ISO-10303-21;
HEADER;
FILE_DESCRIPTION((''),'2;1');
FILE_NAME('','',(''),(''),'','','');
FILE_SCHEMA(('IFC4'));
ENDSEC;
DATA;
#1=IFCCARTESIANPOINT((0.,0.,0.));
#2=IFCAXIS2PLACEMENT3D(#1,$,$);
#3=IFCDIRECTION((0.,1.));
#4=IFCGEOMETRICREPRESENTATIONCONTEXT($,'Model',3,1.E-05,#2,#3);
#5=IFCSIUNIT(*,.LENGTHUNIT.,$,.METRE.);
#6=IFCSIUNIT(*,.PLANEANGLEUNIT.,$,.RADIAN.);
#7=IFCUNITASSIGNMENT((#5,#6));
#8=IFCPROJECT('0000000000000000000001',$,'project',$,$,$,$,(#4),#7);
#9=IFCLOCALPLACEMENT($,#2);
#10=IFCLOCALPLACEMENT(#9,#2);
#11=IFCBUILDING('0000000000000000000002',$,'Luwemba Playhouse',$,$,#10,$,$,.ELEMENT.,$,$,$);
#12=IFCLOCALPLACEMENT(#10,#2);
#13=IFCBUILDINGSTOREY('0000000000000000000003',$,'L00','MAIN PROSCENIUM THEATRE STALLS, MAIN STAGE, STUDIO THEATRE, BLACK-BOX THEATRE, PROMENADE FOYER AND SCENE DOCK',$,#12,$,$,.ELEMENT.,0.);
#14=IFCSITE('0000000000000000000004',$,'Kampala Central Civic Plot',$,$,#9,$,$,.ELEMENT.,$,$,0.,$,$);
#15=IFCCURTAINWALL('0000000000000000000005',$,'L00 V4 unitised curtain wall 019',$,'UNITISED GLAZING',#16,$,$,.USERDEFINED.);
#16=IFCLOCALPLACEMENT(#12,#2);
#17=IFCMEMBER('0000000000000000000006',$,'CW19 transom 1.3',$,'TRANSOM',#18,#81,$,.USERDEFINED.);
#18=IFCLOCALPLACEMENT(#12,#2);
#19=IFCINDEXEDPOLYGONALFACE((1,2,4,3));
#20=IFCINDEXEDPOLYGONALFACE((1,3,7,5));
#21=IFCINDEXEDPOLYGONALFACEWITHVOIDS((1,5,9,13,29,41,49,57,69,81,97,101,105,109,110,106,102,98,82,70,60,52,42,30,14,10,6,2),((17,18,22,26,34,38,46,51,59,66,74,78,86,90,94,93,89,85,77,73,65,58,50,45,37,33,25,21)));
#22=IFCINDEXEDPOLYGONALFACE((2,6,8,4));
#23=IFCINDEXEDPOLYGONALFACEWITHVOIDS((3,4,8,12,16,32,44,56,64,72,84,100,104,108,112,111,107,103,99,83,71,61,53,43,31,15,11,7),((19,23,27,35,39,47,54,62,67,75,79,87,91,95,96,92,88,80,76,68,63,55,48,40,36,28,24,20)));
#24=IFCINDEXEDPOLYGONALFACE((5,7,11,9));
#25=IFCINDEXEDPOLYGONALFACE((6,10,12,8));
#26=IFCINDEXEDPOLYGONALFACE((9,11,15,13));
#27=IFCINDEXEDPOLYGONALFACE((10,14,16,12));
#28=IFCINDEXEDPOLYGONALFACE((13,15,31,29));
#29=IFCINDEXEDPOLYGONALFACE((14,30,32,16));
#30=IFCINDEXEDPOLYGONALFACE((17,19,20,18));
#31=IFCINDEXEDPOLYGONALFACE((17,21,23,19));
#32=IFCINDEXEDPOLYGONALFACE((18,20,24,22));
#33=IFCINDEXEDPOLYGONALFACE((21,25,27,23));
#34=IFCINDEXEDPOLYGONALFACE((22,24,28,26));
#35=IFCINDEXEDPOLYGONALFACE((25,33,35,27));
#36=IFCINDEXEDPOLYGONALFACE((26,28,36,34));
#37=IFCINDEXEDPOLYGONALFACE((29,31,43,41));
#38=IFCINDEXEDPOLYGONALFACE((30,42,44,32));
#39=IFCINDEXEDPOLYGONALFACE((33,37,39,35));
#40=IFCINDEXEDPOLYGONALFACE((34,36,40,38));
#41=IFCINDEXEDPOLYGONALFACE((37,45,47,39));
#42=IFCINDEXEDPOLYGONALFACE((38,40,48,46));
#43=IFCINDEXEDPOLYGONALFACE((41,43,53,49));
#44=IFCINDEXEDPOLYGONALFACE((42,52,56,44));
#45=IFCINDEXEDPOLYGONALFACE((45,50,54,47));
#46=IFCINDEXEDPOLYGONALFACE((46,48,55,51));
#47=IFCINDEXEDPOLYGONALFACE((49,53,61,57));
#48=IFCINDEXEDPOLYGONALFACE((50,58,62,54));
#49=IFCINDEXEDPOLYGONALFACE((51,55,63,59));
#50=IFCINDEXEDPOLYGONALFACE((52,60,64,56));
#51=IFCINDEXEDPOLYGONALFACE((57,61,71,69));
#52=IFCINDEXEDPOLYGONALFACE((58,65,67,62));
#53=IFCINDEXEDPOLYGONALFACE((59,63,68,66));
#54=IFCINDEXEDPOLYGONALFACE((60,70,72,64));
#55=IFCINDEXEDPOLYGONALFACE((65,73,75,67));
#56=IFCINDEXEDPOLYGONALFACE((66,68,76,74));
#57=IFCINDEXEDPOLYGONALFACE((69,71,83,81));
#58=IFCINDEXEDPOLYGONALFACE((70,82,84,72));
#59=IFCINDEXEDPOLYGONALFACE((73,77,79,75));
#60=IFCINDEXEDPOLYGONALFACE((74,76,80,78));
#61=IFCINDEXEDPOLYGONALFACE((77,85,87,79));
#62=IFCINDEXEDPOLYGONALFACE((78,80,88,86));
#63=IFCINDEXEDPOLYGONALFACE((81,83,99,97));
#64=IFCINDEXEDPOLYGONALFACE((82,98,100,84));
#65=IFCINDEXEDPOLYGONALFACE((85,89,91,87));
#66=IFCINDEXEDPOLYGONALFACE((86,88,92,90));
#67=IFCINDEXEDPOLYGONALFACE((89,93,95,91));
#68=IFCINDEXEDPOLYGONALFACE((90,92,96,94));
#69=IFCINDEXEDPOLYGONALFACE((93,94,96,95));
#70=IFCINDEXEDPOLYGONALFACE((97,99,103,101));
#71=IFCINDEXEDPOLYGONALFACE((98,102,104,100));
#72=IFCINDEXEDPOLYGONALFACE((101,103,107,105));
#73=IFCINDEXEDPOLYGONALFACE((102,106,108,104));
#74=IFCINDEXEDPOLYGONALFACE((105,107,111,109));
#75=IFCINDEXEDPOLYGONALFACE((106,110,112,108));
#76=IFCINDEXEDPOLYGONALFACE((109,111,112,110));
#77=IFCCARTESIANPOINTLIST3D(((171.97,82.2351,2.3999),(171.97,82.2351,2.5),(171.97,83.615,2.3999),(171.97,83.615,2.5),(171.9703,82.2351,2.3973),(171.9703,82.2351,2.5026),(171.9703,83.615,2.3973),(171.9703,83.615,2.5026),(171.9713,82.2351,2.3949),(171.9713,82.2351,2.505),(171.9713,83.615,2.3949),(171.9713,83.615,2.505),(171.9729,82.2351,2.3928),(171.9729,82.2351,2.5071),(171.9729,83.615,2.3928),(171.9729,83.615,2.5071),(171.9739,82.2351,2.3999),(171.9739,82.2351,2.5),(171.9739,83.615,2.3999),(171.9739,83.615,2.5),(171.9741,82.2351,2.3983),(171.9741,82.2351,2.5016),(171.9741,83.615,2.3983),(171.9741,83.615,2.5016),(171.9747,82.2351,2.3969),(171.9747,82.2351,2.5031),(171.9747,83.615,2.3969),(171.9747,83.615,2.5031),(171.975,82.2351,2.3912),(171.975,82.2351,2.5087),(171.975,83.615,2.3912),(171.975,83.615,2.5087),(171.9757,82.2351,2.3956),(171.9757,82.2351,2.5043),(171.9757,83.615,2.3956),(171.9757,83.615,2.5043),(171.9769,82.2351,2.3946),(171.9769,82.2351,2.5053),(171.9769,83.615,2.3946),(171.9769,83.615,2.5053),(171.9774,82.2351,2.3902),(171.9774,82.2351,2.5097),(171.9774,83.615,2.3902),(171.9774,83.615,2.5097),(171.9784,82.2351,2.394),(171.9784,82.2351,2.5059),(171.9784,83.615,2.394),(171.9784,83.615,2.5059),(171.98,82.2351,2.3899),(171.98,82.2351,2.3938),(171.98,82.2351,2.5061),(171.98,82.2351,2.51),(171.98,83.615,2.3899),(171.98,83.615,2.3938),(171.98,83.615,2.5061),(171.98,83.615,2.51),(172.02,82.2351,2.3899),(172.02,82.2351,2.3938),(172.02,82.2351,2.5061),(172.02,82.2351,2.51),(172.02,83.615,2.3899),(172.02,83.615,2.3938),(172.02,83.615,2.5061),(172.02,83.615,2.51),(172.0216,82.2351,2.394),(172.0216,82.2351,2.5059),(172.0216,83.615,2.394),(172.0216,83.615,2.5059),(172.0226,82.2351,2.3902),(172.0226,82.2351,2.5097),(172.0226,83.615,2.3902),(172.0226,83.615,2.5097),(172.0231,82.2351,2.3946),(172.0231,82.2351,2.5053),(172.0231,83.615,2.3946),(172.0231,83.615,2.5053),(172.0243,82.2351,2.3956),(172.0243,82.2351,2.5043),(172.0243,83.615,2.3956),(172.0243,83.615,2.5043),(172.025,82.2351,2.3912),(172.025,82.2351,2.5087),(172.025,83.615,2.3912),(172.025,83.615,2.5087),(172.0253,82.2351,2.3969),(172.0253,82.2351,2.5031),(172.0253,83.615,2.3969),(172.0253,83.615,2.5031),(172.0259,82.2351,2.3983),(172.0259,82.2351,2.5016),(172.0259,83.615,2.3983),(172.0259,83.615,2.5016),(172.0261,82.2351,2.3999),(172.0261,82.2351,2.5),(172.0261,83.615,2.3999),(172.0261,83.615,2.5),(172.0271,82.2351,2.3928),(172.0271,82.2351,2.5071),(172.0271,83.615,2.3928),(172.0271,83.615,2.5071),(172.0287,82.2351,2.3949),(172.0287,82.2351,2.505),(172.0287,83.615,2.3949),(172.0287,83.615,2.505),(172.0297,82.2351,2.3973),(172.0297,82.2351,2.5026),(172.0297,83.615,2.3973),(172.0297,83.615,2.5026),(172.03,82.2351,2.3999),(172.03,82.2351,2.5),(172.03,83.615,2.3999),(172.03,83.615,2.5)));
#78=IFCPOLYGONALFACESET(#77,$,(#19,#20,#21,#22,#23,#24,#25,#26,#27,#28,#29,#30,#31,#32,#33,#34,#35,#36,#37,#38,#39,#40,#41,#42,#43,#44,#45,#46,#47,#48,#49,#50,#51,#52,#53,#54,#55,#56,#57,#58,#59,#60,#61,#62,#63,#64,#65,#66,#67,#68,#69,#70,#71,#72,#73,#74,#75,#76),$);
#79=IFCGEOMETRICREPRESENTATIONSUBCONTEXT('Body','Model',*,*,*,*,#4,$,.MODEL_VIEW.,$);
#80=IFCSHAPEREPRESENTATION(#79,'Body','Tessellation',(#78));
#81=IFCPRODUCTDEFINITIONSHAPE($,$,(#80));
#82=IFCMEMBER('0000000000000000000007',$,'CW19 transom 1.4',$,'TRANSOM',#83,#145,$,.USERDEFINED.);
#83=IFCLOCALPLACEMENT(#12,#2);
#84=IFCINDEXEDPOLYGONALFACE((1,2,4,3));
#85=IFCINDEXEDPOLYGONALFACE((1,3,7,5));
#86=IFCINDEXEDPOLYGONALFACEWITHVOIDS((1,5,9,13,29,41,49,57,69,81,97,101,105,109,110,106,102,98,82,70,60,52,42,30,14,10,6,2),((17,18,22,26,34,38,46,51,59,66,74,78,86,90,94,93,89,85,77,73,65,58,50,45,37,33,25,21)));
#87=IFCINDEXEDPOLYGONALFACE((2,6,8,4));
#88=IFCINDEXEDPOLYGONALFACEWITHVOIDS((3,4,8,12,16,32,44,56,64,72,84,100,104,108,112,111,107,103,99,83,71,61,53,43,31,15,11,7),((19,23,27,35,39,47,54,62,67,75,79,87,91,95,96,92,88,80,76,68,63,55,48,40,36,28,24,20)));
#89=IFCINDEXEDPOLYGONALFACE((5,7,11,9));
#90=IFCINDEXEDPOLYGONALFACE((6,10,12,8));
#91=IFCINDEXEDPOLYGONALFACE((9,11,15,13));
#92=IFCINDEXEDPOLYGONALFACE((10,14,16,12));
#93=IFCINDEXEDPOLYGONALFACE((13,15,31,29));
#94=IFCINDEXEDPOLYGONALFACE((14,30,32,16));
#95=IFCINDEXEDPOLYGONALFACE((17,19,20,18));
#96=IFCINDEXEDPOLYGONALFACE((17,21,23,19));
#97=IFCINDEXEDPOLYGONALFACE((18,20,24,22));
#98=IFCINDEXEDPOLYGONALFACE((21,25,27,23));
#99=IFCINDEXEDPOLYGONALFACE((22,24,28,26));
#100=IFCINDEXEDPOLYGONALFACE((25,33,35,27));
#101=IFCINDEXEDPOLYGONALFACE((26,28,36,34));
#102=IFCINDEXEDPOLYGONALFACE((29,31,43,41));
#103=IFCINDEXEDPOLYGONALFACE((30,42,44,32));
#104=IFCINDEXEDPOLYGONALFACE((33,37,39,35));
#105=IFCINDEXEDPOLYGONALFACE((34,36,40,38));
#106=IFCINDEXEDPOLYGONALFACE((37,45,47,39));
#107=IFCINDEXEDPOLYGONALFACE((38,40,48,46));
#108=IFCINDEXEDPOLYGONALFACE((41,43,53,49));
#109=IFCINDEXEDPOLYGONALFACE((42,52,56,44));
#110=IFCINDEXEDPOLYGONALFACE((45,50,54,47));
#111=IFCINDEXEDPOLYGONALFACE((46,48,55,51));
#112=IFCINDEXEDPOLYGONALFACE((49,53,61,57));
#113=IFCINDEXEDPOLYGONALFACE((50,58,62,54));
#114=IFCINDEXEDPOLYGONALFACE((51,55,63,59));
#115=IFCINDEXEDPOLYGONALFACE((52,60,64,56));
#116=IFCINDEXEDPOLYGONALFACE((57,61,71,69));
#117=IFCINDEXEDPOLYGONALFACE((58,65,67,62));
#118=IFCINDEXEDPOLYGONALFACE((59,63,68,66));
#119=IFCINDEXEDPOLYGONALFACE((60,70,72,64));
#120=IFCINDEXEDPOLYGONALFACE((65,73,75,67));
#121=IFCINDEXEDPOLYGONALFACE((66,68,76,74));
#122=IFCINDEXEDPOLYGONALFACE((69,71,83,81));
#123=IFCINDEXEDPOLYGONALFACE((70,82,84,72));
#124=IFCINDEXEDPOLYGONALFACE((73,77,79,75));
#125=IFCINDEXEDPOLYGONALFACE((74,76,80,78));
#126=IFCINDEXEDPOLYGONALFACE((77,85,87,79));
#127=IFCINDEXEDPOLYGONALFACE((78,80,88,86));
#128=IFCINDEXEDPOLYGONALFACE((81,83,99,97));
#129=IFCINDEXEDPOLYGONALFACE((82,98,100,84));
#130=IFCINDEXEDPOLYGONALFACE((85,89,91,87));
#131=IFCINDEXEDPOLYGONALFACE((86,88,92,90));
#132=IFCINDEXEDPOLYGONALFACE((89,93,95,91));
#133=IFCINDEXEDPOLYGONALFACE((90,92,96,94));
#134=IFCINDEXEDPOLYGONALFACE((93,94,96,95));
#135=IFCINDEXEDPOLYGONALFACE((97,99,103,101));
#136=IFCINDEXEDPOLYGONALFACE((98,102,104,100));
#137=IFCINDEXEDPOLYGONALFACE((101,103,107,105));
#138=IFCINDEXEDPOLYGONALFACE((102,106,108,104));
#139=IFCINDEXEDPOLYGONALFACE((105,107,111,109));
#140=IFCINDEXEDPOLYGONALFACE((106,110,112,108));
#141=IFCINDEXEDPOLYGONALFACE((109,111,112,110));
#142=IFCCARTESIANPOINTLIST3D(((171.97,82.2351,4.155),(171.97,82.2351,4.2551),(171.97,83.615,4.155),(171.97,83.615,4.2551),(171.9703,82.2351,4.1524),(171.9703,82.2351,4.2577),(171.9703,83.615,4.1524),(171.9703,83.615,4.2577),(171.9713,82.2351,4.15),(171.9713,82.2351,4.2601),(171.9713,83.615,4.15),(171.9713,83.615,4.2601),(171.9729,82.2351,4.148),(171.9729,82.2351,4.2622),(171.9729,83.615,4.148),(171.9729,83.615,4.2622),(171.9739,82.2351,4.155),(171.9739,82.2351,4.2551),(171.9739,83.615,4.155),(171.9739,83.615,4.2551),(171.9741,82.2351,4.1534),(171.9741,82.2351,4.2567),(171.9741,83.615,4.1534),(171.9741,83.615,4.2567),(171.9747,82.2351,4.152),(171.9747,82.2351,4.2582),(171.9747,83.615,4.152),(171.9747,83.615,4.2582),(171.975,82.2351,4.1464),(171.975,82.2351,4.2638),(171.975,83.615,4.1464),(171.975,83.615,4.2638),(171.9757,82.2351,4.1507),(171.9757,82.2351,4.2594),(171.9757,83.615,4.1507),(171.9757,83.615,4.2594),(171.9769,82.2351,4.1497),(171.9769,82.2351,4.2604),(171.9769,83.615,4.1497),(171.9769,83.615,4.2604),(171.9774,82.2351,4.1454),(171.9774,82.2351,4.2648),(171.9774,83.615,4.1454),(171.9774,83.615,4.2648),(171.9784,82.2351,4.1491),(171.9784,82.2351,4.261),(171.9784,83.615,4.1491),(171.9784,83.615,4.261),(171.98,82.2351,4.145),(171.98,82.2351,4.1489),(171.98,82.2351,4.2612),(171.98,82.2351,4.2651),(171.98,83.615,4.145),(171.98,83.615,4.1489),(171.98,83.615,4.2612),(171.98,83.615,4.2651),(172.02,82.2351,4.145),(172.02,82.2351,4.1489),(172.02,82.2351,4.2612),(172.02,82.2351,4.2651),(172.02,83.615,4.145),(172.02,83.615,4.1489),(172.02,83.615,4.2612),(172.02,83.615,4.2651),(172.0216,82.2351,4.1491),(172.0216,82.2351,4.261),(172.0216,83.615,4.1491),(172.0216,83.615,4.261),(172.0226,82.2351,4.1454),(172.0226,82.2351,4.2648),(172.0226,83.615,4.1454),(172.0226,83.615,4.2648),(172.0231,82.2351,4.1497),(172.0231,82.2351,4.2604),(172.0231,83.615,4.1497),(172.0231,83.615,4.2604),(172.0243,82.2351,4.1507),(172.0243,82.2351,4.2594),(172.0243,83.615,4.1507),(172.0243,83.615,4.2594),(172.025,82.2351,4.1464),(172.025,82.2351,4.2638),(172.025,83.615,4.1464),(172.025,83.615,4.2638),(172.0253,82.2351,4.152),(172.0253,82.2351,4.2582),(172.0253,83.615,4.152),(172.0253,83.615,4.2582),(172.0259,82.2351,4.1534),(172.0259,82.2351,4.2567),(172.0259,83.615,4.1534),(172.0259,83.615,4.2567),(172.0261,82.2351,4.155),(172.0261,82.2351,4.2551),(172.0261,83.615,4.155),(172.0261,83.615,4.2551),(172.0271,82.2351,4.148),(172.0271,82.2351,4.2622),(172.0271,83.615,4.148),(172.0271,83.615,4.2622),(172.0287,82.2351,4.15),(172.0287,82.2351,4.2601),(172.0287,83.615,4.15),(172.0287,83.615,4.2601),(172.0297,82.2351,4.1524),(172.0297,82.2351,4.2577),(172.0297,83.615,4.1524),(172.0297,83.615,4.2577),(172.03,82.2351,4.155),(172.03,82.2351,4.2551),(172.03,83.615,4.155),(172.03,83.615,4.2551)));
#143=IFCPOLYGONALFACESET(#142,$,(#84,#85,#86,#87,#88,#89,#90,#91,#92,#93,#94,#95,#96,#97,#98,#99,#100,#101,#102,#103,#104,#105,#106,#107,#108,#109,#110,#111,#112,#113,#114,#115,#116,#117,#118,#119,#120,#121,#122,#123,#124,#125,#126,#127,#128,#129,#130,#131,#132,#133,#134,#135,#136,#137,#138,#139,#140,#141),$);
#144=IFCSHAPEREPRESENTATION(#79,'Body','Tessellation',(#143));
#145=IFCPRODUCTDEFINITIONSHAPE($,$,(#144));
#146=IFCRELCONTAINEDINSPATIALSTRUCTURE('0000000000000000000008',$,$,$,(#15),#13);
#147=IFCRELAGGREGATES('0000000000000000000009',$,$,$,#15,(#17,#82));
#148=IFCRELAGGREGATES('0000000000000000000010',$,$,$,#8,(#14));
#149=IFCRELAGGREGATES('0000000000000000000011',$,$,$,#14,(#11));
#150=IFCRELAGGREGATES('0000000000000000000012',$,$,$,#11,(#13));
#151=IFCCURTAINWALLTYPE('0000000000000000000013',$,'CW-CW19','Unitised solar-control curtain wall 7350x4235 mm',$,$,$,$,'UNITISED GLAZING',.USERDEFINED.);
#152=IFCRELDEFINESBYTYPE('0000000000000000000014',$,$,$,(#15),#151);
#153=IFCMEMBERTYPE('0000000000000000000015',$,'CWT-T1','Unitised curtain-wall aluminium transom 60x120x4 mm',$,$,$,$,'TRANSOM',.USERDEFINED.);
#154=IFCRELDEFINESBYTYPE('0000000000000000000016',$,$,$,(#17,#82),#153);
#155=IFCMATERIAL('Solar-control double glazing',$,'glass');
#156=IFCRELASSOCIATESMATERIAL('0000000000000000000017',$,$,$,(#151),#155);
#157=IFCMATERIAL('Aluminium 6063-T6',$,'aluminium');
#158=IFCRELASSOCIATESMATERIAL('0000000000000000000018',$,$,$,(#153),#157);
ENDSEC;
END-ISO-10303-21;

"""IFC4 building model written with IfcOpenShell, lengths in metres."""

from ifc_helpers import new_model, si_unit, direction, frame, origin, origin_2d, place, context, subcontext, project, spatial, hollow_rectangle, extrude, material, material_profile, profile_set, type_object, element, aggregate, save


model = new_model("IFC4")

# Units and contexts
model_context = context("Model", 3, precision=1e-05, world=origin(), true_north=direction((0.0, 1.0)))
body_context = subcontext(model_context, "Body", "Model", "MODEL_VIEW")
ifc_project = project(units=[si_unit("LENGTHUNIT", "METRE"), si_unit("PLANEANGLEUNIT", "RADIAN")], contexts=[model_context])

# Site, building, storey
site_placement = place(None, origin())
site = spatial("IfcSite", under=ifc_project, at=site_placement, Name="Kampala Central Civic Plot", CompositionType="ELEMENT", RefElevation=0.0)
building_placement = place(site_placement, origin())
building = spatial("IfcBuilding", under=site, at=building_placement, Name="Luwemba Playhouse", CompositionType="ELEMENT")
storey_placement = place(building_placement, origin())
storey = spatial("IfcBuildingStorey", under=building, at=storey_placement, Name="L00", Description="MAIN PROSCENIUM THEATRE STALLS, MAIN STAGE, STUDIO THEATRE, BLACK-BOX THEATRE, PROMENADE FOYER AND SCENE DOCK", CompositionType="ELEMENT", Elevation=0.0)

# Curtain wall, members
ifc_material_1 = material(Name="Solar-control double glazing", Category="glass")
curtain_wall_type = type_object("IfcCurtainWallType", Name="CW-CW19", Description="Unitised solar-control curtain wall 7350x4235 mm", ElementType="UNITISED GLAZING", PredefinedType="USERDEFINED", material=ifc_material_1)
curtain_wall_placement = place(storey_placement, origin())
curtain_wall = element("IfcCurtainWall", 1, at=curtain_wall_placement, inside=storey, type_object=curtain_wall_type, Name="L00 V4 unitised curtain wall 019", ObjectType="UNITISED GLAZING", PredefinedType="USERDEFINED")
ifc_material_2 = material(Name="Aluminium 6063-T6", Category="aluminium")
ifc_material_profile_1 = material_profile(ifc_material_2, hollow_rectangle(XDim=0.0601, YDim=0.1201, WallThickness=0.0039, InnerFilletRadius=0.0061, OuterFilletRadius=0.01, at=origin_2d()))
ifc_profile_set_1 = profile_set([ifc_material_profile_1], Name="Aluminium 6063-T6")
member_type_1 = type_object("IfcMemberType", Name="CWT-T1", Description="Unitised curtain-wall aluminium transom 60x120x4 mm", ElementType="TRANSOM", PredefinedType="USERDEFINED", material=ifc_profile_set_1)
member_1_placement = place(storey_placement, frame((172.0, 83.615, 2.45), z_axis=(0.0, -1.0, 0.0), x_axis=(1.0, 0.0, 0.0)))
member_1 = element("IfcMember", 2, at=member_1_placement, type_object=member_type_1, Name="CW19 transom 1.3", ObjectType="TRANSOM", PredefinedType="USERDEFINED", context=body_context, shape_type="SweptSolid", body=[
    extrude(hollow_rectangle(XDim=0.0601, YDim=0.1201, WallThickness=0.0039, InnerFilletRadius=0.0061, OuterFilletRadius=0.01, at=origin_2d()), origin(), (0.0, 0.0, 1.0), 1.3799),
])
member_2_placement = place(storey_placement, frame((172.0, 83.615, 4.2051), z_axis=(0.0, -1.0, 0.0), x_axis=(1.0, 0.0, 0.0)))
member_2 = element("IfcMember", 3, at=member_2_placement, type_object=member_type_1, Name="CW19 transom 1.4", ObjectType="TRANSOM", PredefinedType="USERDEFINED", context=body_context, shape_type="SweptSolid", body=[
    extrude(hollow_rectangle(XDim=0.0601, YDim=0.1201, WallThickness=0.0039, InnerFilletRadius=0.0061, OuterFilletRadius=0.01, at=origin_2d()), origin(), (0.0, 0.0, 1.0), 1.3799),
])
aggregate(curtain_wall, [member_1, member_2])

save(model, "model.ifc")
